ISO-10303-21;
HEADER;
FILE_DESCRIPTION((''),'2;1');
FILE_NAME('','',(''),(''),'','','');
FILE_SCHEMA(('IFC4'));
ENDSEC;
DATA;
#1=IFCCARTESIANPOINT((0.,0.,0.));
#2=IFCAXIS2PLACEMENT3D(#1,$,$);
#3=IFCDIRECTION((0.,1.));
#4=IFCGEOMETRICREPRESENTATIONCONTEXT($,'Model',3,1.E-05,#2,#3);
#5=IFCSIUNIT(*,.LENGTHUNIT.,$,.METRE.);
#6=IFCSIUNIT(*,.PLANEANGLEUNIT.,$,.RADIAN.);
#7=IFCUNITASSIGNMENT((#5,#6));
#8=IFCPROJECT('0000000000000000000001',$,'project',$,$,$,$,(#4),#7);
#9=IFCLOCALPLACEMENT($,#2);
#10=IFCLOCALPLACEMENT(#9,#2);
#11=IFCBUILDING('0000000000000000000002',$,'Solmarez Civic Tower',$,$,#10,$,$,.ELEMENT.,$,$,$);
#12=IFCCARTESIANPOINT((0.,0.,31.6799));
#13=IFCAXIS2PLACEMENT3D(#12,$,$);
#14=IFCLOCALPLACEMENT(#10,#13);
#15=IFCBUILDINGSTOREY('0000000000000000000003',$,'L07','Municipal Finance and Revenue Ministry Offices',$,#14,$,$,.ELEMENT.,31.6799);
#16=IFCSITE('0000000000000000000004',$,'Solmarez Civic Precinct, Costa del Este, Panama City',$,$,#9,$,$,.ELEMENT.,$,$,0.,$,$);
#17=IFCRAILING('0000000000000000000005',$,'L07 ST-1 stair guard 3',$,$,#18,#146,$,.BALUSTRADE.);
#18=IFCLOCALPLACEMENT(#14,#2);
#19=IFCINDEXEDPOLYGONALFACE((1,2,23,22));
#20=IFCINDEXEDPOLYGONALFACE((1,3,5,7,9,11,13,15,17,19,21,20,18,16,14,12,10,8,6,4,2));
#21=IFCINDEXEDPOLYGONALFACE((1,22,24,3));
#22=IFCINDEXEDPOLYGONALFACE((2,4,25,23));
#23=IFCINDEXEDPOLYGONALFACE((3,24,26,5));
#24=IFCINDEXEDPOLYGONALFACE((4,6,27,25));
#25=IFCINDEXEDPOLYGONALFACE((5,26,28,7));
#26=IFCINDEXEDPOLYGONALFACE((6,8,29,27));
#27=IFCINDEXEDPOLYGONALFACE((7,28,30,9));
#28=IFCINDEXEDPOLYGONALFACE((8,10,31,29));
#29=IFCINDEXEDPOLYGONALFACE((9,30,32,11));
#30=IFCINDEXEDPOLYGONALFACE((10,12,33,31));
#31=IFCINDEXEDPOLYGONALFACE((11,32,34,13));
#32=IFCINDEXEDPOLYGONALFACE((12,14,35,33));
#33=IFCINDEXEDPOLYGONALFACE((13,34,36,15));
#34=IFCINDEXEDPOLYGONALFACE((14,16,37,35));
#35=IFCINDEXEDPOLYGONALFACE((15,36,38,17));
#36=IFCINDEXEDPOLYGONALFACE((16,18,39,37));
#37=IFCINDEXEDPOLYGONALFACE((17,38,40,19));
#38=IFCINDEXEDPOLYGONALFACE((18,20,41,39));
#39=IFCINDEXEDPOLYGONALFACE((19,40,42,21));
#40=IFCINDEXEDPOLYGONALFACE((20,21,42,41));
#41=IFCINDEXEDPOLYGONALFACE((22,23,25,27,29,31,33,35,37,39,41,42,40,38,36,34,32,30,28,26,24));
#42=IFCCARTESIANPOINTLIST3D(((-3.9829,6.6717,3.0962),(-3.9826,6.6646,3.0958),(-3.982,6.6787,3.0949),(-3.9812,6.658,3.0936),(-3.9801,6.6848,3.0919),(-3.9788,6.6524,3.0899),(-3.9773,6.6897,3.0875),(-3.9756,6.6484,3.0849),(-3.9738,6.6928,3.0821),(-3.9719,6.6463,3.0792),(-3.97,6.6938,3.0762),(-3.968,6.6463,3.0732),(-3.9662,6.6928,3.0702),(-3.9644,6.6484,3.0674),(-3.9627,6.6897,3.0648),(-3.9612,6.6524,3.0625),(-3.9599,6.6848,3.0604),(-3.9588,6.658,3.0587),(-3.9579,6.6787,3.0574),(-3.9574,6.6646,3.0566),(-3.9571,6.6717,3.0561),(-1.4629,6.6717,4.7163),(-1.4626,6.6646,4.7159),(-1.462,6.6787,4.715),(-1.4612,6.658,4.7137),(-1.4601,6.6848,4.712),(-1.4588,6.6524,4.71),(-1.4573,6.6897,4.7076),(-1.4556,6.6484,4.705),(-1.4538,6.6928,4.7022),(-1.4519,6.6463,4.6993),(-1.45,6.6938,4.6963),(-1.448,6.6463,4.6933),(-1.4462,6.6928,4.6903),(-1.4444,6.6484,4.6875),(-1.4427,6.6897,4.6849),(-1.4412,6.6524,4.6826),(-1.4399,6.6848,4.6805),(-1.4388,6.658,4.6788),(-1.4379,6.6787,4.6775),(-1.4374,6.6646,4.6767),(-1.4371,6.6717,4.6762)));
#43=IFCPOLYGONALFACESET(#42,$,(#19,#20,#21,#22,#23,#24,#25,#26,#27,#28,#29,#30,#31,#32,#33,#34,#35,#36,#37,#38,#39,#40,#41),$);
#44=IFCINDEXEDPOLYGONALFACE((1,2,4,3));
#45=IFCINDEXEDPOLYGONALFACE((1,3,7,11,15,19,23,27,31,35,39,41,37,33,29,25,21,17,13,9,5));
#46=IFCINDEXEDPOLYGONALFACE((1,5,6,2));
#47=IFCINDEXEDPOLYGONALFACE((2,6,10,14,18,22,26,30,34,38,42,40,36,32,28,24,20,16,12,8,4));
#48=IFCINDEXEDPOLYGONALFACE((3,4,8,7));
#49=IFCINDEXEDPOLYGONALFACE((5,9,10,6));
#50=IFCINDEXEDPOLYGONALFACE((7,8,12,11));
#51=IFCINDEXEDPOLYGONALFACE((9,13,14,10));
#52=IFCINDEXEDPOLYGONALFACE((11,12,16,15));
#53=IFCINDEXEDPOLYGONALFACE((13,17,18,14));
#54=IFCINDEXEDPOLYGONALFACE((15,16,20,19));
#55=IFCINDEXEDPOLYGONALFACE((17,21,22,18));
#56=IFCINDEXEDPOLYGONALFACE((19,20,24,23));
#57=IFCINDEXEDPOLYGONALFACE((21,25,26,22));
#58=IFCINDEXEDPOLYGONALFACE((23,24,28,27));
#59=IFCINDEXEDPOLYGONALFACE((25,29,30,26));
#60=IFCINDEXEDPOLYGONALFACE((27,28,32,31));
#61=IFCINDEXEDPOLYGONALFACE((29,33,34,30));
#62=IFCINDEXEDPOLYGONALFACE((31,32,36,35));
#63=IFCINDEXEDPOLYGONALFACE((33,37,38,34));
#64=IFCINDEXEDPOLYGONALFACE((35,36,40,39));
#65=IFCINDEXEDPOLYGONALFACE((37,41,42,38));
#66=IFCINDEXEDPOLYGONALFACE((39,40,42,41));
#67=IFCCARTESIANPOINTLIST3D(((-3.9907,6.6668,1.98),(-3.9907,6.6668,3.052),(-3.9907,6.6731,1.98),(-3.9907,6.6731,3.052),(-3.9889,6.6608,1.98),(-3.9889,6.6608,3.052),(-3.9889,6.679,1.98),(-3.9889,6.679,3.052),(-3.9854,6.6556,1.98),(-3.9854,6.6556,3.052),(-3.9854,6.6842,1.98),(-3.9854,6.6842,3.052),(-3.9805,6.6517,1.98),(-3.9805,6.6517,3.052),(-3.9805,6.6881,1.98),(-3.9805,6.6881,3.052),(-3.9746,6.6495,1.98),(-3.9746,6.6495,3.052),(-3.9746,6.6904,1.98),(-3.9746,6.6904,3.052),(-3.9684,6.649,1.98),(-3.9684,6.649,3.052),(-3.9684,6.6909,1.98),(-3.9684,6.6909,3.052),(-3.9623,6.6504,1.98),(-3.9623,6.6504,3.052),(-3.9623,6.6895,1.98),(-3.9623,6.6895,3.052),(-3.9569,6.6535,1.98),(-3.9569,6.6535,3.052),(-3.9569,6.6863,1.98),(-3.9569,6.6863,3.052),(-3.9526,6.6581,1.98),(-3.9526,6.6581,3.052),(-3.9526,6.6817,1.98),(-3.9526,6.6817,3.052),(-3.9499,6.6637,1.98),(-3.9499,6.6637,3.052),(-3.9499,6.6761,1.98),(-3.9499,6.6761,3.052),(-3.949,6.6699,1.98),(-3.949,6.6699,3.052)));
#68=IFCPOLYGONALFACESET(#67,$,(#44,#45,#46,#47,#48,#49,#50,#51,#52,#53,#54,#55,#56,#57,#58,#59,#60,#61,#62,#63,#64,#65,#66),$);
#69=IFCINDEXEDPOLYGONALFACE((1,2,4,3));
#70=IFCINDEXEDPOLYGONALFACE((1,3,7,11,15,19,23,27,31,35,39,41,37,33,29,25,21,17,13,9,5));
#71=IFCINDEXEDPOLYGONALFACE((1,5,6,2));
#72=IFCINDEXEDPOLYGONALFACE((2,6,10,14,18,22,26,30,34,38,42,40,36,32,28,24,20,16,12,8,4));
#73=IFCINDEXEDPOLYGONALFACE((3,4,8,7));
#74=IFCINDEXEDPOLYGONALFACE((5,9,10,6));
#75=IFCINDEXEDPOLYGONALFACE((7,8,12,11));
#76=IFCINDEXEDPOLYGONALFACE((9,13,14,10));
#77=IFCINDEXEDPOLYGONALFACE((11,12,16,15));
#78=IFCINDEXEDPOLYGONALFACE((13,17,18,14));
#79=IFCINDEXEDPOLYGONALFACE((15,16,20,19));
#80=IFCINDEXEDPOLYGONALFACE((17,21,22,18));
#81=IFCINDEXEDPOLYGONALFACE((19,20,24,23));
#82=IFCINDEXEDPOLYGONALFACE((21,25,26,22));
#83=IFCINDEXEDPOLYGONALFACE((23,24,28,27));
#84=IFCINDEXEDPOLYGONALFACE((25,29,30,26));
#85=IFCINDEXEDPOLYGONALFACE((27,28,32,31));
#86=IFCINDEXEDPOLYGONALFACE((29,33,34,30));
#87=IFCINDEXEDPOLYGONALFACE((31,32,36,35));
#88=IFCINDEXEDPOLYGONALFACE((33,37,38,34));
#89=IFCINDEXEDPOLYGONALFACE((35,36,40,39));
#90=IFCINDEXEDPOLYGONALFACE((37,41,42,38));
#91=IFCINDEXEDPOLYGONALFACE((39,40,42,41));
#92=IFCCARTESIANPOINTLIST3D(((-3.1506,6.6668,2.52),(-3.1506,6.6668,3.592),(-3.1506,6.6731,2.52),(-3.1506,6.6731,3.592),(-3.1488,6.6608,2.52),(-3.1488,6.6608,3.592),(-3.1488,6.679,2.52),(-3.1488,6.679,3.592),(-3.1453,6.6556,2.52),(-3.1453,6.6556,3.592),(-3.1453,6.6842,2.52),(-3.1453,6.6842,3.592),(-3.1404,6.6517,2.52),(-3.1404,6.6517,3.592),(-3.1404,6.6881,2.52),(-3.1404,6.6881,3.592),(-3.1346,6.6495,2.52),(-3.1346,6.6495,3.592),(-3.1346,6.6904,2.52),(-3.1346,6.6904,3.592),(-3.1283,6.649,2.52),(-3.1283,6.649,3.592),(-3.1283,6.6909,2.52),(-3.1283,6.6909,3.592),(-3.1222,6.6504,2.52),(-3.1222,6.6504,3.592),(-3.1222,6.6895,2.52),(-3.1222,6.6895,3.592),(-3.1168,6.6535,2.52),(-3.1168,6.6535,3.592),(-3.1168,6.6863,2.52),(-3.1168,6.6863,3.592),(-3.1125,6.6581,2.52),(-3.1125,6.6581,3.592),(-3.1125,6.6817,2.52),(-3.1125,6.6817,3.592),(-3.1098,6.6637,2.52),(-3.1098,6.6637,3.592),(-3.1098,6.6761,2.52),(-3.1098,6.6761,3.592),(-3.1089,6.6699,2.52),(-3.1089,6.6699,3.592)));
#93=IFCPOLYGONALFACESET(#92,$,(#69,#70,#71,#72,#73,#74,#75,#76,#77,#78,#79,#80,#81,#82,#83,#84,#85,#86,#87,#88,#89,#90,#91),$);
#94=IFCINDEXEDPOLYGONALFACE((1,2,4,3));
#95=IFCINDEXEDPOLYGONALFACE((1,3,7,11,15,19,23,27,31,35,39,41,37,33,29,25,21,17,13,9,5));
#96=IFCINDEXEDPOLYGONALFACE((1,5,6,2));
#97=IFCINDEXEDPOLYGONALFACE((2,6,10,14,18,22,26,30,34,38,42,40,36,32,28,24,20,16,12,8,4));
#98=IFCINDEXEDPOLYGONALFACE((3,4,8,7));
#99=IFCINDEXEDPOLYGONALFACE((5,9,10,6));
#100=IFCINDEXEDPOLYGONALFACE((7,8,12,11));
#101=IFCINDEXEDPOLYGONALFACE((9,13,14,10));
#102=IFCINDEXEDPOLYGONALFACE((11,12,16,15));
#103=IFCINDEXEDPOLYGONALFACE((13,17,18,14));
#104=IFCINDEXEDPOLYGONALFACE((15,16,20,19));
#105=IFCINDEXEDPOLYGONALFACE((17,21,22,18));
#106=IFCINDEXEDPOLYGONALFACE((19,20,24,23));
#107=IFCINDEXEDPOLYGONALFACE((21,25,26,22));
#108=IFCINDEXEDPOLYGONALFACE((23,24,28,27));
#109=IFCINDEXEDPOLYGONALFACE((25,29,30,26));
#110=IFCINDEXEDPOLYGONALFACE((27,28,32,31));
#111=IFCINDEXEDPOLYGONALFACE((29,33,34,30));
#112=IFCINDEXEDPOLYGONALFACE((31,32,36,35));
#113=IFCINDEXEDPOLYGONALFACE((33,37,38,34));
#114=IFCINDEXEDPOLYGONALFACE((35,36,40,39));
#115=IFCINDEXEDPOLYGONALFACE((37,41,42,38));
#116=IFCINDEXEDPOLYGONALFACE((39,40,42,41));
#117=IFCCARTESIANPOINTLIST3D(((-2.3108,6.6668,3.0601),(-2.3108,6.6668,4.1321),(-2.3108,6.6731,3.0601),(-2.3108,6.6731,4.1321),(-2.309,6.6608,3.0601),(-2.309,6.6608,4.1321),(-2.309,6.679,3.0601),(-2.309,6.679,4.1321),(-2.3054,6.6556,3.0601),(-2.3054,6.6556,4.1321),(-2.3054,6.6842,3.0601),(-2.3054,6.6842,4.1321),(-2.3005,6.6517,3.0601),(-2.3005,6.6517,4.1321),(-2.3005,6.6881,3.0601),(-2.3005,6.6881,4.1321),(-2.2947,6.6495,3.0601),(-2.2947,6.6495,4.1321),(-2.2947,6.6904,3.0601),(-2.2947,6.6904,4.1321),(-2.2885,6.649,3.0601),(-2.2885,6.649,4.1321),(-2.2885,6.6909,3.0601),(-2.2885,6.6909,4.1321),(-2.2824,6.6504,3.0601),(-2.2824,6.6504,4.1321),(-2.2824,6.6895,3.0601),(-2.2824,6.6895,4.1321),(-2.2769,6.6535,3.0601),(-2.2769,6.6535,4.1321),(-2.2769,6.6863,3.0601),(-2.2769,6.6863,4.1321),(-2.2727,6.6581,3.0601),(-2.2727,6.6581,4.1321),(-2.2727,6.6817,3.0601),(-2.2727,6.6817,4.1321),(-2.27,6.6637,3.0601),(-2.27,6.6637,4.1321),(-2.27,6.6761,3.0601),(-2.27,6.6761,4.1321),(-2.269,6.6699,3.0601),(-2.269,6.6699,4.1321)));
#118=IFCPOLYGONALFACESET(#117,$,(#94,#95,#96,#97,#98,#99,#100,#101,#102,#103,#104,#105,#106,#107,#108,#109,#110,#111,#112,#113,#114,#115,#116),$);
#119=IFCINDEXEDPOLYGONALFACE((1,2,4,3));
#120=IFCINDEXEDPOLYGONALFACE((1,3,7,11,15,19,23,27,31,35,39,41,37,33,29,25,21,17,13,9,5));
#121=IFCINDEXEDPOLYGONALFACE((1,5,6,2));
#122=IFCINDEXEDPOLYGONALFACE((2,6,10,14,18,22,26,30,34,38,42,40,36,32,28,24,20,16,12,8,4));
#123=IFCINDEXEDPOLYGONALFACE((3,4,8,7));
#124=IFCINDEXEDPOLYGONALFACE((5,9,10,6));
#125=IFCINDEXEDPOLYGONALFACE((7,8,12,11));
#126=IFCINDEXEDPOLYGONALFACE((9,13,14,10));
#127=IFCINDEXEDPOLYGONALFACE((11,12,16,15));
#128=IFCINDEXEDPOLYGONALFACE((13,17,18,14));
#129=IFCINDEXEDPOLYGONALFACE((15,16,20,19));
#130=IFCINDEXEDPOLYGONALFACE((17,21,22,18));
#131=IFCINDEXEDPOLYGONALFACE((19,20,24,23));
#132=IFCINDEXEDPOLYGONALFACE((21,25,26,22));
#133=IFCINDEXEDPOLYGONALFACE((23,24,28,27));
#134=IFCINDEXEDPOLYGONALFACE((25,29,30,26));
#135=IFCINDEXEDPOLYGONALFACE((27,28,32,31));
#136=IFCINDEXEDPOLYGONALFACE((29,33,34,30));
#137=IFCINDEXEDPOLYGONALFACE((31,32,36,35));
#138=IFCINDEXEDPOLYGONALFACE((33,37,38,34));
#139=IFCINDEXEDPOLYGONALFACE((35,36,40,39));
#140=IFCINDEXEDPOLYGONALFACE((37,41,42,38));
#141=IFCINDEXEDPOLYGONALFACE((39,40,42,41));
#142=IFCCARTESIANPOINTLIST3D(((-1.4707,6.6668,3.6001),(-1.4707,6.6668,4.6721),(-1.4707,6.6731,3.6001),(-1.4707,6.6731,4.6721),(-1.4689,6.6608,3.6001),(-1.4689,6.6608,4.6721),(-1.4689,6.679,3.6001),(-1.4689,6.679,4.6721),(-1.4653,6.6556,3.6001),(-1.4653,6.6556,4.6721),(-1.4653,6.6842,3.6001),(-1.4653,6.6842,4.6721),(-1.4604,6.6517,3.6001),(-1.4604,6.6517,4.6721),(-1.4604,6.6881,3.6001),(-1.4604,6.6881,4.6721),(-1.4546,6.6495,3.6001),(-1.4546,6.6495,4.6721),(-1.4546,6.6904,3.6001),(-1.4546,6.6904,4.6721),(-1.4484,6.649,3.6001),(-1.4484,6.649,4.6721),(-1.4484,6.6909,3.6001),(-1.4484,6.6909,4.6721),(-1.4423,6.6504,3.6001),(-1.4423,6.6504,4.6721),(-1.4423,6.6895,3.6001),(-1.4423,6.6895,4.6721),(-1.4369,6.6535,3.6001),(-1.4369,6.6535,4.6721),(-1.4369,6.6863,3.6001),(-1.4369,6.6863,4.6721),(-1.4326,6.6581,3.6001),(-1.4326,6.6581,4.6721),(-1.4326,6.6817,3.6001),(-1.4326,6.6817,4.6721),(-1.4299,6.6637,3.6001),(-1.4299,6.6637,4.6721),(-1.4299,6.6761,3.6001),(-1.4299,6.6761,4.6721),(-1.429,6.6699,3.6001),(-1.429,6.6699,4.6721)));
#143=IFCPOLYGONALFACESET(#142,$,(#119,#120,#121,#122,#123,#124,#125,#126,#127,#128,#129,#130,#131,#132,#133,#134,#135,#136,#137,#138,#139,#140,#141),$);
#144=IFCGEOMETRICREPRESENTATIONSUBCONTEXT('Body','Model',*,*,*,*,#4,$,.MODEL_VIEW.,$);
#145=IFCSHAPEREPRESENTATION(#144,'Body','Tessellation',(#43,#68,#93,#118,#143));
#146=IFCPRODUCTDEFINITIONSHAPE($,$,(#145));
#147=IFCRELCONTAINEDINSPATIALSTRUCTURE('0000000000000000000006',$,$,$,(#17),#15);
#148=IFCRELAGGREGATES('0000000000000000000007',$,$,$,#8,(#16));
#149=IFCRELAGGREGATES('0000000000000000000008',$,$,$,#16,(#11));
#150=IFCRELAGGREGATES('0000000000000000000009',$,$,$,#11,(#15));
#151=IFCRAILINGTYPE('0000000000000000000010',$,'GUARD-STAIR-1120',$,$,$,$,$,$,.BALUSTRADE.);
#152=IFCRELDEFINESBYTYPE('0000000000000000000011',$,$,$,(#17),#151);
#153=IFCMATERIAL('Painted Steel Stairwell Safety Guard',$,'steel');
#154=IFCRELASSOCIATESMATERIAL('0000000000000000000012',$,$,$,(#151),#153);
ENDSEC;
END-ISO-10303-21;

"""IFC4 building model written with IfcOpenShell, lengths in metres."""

from ifc_helpers import new_model, si_unit, direction, frame, origin, origin_2d, place, context, subcontext, project, spatial, circle, extrude, material, type_object, element, save


model = new_model("IFC4")

# Units and contexts
model_context = context("Model", 3, precision=1e-05, world=origin(), true_north=direction((0.0, 1.0)))
body_context = subcontext(model_context, "Body", "Model", "MODEL_VIEW")
ifc_project = project(units=[si_unit("LENGTHUNIT", "METRE"), si_unit("PLANEANGLEUNIT", "RADIAN")], contexts=[model_context])

# Site, building, storey
site_placement = place(None, origin())
site = spatial("IfcSite", under=ifc_project, at=site_placement, Name="Solmarez Civic Precinct, Costa del Este, Panama City", CompositionType="ELEMENT", RefElevation=0.0)
building_placement = place(site_placement, origin())
building = spatial("IfcBuilding", under=site, at=building_placement, Name="Solmarez Civic Tower", CompositionType="ELEMENT")
storey_placement = place(building_placement, frame((0.0, 0.0, 31.6799)))
storey = spatial("IfcBuildingStorey", under=building, at=storey_placement, Name="L07", Description="Municipal Finance and Revenue Ministry Offices", CompositionType="ELEMENT", Elevation=31.6799)

# Railing
ifc_material_1 = material(Name="Painted Steel Stairwell Safety Guard", Category="steel")
railing_type_1 = type_object("IfcRailingType", Name="GUARD-STAIR-1120", PredefinedType="BALUSTRADE", material=ifc_material_1)
railing_1_placement = place(storey_placement, frame((-3.97, 6.6699, 1.98)))
element("IfcRailing", 1, at=railing_1_placement, inside=storey, type_object=railing_type_1, Name="L07 ST-1 stair guard 3", PredefinedType="BALUSTRADE", context=body_context, shape_type="SweptSolid", body=[
    extrude(circle(Radius=0.0239, at=origin_2d()), frame((0.0, 0.0, 1.0962), z_axis=(0.841163, 0.0, 0.540782), x_axis=(0.0, 1.0, 0.0)), (0.0, 0.0, 1.0), 2.9958),
    extrude(circle(Radius=0.021, at=origin_2d()), origin(), (0.0, 0.0, 1.0), 1.072),
    extrude(circle(Radius=0.021, at=origin_2d()), frame((0.8401, 0.0, 0.54)), (0.0, 0.0, 1.0), 1.072),
    extrude(circle(Radius=0.021, at=origin_2d()), frame((1.6799, 0.0, 1.0801)), (0.0, 0.0, 1.0), 1.072),
    extrude(circle(Radius=0.021, at=origin_2d()), frame((2.52, 0.0, 1.6201)), (0.0, 0.0, 1.0), 1.072),
])

save(model, "model.ifc")
